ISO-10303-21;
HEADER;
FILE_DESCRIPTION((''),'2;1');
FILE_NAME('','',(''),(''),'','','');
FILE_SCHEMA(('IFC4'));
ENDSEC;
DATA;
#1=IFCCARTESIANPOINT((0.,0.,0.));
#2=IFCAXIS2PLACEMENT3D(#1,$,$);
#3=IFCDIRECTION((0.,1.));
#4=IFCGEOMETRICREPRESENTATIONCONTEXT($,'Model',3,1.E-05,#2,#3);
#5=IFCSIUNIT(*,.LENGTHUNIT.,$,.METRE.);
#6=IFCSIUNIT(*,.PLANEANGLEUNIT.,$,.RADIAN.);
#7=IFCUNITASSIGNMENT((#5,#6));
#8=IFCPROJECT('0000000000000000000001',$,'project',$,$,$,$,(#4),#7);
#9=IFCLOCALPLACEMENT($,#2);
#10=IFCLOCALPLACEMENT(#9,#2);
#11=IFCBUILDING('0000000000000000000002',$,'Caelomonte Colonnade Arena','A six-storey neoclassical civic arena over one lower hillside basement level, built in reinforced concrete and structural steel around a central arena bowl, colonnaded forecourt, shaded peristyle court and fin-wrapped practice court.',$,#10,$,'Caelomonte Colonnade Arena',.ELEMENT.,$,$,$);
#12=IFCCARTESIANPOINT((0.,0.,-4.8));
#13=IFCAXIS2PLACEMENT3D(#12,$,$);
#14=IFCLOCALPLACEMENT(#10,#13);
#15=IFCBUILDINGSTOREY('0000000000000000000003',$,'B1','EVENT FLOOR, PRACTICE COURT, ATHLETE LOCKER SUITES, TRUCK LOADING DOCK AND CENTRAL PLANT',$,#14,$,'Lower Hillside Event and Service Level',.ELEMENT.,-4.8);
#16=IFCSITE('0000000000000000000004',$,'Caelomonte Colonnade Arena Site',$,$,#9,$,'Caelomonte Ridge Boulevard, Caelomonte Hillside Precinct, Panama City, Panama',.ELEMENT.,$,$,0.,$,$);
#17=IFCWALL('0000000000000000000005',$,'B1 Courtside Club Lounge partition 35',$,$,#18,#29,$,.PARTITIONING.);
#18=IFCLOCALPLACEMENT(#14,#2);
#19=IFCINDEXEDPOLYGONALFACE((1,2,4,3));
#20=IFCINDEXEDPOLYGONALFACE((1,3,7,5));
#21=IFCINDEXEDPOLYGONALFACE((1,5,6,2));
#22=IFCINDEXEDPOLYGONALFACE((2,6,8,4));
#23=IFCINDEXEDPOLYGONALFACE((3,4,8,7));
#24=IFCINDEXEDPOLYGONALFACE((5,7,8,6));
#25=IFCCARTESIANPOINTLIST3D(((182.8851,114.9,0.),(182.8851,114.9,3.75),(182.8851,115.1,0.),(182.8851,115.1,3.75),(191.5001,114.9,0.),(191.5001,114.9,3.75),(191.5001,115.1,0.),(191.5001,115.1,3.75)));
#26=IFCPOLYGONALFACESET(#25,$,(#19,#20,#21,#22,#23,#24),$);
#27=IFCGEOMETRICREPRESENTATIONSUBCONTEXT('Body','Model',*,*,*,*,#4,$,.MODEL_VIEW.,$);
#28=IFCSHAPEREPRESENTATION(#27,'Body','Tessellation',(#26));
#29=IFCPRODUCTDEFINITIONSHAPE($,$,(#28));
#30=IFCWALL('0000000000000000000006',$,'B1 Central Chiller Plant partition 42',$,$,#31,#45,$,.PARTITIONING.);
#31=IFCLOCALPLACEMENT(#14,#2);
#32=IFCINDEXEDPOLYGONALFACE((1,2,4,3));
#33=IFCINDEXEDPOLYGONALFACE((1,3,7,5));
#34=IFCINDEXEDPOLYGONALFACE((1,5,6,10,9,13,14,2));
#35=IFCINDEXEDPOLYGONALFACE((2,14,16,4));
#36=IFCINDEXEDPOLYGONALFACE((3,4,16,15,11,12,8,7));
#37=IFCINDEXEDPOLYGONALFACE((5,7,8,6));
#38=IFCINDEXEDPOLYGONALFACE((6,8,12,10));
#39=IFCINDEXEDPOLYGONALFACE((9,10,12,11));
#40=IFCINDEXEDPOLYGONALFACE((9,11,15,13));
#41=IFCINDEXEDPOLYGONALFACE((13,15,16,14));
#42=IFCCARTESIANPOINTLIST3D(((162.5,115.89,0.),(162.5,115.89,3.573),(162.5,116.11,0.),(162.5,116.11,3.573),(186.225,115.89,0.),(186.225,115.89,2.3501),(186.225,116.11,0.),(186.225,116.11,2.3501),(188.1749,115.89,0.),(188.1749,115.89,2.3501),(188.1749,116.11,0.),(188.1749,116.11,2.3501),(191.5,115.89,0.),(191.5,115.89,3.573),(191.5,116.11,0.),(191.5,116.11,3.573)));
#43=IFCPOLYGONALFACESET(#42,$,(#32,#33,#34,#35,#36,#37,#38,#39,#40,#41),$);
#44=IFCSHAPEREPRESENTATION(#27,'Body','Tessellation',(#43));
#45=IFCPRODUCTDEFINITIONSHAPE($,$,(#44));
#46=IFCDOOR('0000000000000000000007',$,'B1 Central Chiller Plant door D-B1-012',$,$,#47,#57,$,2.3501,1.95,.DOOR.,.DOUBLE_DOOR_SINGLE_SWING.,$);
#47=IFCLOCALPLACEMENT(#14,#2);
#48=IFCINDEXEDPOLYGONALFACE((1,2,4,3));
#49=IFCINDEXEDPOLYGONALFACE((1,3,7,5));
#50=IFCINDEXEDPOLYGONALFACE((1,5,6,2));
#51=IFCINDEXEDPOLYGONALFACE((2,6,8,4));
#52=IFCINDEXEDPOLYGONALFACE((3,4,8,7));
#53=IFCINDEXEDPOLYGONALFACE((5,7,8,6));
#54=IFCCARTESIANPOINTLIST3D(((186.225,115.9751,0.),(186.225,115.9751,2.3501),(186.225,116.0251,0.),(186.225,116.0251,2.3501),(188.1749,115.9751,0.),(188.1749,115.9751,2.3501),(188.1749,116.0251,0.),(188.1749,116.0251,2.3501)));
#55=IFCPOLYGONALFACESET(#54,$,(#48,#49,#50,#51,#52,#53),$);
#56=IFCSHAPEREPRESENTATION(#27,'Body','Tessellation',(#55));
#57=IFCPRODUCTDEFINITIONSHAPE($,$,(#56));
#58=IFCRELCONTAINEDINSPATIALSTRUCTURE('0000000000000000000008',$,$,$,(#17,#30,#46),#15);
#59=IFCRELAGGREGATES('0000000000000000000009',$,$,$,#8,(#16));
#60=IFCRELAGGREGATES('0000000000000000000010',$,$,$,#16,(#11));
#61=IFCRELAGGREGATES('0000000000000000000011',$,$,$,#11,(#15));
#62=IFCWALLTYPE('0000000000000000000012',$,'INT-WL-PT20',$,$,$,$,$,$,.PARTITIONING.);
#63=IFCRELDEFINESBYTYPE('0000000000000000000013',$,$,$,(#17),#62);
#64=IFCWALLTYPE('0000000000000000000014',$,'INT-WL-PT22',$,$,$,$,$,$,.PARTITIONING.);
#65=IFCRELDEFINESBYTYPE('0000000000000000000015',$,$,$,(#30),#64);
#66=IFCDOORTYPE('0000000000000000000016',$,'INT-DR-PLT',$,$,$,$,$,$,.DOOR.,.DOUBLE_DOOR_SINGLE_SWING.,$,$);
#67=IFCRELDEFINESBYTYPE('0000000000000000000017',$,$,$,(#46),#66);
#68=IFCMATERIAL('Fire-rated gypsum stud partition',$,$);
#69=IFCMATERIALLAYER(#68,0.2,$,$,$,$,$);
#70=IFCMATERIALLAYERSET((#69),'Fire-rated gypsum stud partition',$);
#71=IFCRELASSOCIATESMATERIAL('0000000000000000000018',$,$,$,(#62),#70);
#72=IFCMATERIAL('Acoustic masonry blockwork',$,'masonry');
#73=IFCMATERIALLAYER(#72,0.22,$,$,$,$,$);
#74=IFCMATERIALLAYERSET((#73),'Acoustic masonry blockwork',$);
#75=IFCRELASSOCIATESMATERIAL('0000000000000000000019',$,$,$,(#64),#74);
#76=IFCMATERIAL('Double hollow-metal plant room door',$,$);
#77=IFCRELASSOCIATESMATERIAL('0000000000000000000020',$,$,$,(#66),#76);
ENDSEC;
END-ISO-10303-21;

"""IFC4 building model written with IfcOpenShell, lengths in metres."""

from ifc_helpers import new_model, si_unit, direction, frame, frame_2d, origin, place, context, subcontext, project, spatial, rectangle, extrude, material, layer, layer_set, type_object, element, fill, save


model = new_model("IFC4")

# Units and contexts
model_context = context("Model", 3, precision=1e-05, world=origin(), true_north=direction((0.0, 1.0)))
body_context = subcontext(model_context, "Body", "Model", "MODEL_VIEW")
ifc_project = project(units=[si_unit("LENGTHUNIT", "METRE"), si_unit("PLANEANGLEUNIT", "RADIAN")], contexts=[model_context])

# Site, building, storey
site_placement = place(None, origin())
site = spatial("IfcSite", under=ifc_project, at=site_placement, Name="Caelomonte Colonnade Arena Site", LongName="Caelomonte Ridge Boulevard, Caelomonte Hillside Precinct, Panama City, Panama", CompositionType="ELEMENT", RefElevation=0.0)
building_placement = place(site_placement, origin())
building = spatial("IfcBuilding", under=site, at=building_placement, Name="Caelomonte Colonnade Arena", Description="A six-storey neoclassical civic arena over one lower hillside basement level, built in reinforced concrete and structural steel around a central arena bowl, colonnaded forecourt, shaded peristyle court and fin-wrapped practice court.", LongName="Caelomonte Colonnade Arena", CompositionType="ELEMENT")
storey_placement = place(building_placement, frame((0.0, 0.0, -4.8)))
storey = spatial("IfcBuildingStorey", under=building, at=storey_placement, Name="B1", Description="EVENT FLOOR, PRACTICE COURT, ATHLETE LOCKER SUITES, TRUCK LOADING DOCK AND CENTRAL PLANT", LongName="Lower Hillside Event and Service Level", CompositionType="ELEMENT", Elevation=-4.8)

# Shared definitions
ifc_material_1 = material(Name="Fire-rated gypsum stud partition")
ifc_layer_1 = layer(ifc_material_1, 0.2)
ifc_layer_set_1 = layer_set([ifc_layer_1], Name="Fire-rated gypsum stud partition")
wall_type_1 = type_object("IfcWallType", Name="INT-WL-PT20", PredefinedType="PARTITIONING", material=ifc_layer_set_1)

# Wall
wall_1_placement = place(storey_placement, frame((182.885, 115.0, 0.0), z_axis=(0.0, 0.0, 1.0), x_axis=(1.0, 0.0, 0.0)))
element("IfcWall", 1, at=wall_1_placement, inside=storey, type_object=wall_type_1, Name="B1 Courtside Club Lounge partition 35", PredefinedType="PARTITIONING", context=body_context, shape_type="SweptSolid", body=[
    extrude(rectangle(XDim=8.615, YDim=0.2, at=frame_2d((4.3076, 0.0))), origin(), (0.0, 0.0, 1.0), 3.75),
])

# Wall, opening, door
ifc_material_2 = material(Name="Acoustic masonry blockwork", Category="masonry")
ifc_layer_2 = layer(ifc_material_2, 0.22)
ifc_layer_set_2 = layer_set([ifc_layer_2], Name="Acoustic masonry blockwork")
wall_type_2 = type_object("IfcWallType", Name="INT-WL-PT22", PredefinedType="PARTITIONING", material=ifc_layer_set_2)
wall_2_placement = place(storey_placement, frame((191.5, 116.0, 0.0), z_axis=(0.0, 0.0, 1.0), x_axis=(-1.0, 0.0, 0.0)))
wall_2 = element("IfcWall", 2, at=wall_2_placement, inside=storey, type_object=wall_type_2, Name="B1 Central Chiller Plant partition 42", PredefinedType="PARTITIONING", context=body_context, shape_type="SweptSolid", body=[
    extrude(rectangle(XDim=29.0, YDim=0.22, at=frame_2d((14.5, 0.0))), origin(), (0.0, 0.0, 1.0), 3.573),
])
opening_1_placement = place(wall_2_placement, frame((3.325, 0.0, 0.0), z_axis=(0.0, 0.0, 1.0), x_axis=(1.0, 0.0, 0.0)))
opening_1 = element("IfcOpeningElement", 3, at=opening_1_placement, cuts=wall_2, PredefinedType="OPENING", context=body_context, shape_type="SweptSolid", body=[
    extrude(rectangle(XDim=1.95, YDim=2.3501, at=frame_2d((0.9751, 1.175))), frame((0.0, 0.1199, 0.0), z_axis=(0.0, -1.0, 0.0), x_axis=(1.0, 0.0, 0.0)), (0.0, 0.0, 1.0), 0.24),
])
ifc_material_3 = material(Name="Double hollow-metal plant room door")
door_type_1 = type_object("IfcDoorType", Name="INT-DR-PLT", OperationType="DOUBLE_DOOR_SINGLE_SWING", PredefinedType="DOOR", material=ifc_material_3)
door_1_placement = place(opening_1_placement, origin())
door_1 = element("IfcDoor", 4, at=door_1_placement, inside=storey, type_object=door_type_1, Name="B1 Central Chiller Plant door D-B1-012", OperationType="DOUBLE_DOOR_SINGLE_SWING", OverallHeight=2.3501, OverallWidth=1.95, PredefinedType="DOOR", context=body_context, shape_type="SweptSolid", body=[
    extrude(rectangle(XDim=1.95, YDim=2.3501, at=frame_2d((0.9751, 1.175))), frame((0.0, 0.0249, 0.0), z_axis=(0.0, -1.0, 0.0), x_axis=(1.0, 0.0, 0.0)), (0.0, 0.0, 1.0), 0.05),
])
fill(opening_1, door_1)

save(model, "model.ifc")
